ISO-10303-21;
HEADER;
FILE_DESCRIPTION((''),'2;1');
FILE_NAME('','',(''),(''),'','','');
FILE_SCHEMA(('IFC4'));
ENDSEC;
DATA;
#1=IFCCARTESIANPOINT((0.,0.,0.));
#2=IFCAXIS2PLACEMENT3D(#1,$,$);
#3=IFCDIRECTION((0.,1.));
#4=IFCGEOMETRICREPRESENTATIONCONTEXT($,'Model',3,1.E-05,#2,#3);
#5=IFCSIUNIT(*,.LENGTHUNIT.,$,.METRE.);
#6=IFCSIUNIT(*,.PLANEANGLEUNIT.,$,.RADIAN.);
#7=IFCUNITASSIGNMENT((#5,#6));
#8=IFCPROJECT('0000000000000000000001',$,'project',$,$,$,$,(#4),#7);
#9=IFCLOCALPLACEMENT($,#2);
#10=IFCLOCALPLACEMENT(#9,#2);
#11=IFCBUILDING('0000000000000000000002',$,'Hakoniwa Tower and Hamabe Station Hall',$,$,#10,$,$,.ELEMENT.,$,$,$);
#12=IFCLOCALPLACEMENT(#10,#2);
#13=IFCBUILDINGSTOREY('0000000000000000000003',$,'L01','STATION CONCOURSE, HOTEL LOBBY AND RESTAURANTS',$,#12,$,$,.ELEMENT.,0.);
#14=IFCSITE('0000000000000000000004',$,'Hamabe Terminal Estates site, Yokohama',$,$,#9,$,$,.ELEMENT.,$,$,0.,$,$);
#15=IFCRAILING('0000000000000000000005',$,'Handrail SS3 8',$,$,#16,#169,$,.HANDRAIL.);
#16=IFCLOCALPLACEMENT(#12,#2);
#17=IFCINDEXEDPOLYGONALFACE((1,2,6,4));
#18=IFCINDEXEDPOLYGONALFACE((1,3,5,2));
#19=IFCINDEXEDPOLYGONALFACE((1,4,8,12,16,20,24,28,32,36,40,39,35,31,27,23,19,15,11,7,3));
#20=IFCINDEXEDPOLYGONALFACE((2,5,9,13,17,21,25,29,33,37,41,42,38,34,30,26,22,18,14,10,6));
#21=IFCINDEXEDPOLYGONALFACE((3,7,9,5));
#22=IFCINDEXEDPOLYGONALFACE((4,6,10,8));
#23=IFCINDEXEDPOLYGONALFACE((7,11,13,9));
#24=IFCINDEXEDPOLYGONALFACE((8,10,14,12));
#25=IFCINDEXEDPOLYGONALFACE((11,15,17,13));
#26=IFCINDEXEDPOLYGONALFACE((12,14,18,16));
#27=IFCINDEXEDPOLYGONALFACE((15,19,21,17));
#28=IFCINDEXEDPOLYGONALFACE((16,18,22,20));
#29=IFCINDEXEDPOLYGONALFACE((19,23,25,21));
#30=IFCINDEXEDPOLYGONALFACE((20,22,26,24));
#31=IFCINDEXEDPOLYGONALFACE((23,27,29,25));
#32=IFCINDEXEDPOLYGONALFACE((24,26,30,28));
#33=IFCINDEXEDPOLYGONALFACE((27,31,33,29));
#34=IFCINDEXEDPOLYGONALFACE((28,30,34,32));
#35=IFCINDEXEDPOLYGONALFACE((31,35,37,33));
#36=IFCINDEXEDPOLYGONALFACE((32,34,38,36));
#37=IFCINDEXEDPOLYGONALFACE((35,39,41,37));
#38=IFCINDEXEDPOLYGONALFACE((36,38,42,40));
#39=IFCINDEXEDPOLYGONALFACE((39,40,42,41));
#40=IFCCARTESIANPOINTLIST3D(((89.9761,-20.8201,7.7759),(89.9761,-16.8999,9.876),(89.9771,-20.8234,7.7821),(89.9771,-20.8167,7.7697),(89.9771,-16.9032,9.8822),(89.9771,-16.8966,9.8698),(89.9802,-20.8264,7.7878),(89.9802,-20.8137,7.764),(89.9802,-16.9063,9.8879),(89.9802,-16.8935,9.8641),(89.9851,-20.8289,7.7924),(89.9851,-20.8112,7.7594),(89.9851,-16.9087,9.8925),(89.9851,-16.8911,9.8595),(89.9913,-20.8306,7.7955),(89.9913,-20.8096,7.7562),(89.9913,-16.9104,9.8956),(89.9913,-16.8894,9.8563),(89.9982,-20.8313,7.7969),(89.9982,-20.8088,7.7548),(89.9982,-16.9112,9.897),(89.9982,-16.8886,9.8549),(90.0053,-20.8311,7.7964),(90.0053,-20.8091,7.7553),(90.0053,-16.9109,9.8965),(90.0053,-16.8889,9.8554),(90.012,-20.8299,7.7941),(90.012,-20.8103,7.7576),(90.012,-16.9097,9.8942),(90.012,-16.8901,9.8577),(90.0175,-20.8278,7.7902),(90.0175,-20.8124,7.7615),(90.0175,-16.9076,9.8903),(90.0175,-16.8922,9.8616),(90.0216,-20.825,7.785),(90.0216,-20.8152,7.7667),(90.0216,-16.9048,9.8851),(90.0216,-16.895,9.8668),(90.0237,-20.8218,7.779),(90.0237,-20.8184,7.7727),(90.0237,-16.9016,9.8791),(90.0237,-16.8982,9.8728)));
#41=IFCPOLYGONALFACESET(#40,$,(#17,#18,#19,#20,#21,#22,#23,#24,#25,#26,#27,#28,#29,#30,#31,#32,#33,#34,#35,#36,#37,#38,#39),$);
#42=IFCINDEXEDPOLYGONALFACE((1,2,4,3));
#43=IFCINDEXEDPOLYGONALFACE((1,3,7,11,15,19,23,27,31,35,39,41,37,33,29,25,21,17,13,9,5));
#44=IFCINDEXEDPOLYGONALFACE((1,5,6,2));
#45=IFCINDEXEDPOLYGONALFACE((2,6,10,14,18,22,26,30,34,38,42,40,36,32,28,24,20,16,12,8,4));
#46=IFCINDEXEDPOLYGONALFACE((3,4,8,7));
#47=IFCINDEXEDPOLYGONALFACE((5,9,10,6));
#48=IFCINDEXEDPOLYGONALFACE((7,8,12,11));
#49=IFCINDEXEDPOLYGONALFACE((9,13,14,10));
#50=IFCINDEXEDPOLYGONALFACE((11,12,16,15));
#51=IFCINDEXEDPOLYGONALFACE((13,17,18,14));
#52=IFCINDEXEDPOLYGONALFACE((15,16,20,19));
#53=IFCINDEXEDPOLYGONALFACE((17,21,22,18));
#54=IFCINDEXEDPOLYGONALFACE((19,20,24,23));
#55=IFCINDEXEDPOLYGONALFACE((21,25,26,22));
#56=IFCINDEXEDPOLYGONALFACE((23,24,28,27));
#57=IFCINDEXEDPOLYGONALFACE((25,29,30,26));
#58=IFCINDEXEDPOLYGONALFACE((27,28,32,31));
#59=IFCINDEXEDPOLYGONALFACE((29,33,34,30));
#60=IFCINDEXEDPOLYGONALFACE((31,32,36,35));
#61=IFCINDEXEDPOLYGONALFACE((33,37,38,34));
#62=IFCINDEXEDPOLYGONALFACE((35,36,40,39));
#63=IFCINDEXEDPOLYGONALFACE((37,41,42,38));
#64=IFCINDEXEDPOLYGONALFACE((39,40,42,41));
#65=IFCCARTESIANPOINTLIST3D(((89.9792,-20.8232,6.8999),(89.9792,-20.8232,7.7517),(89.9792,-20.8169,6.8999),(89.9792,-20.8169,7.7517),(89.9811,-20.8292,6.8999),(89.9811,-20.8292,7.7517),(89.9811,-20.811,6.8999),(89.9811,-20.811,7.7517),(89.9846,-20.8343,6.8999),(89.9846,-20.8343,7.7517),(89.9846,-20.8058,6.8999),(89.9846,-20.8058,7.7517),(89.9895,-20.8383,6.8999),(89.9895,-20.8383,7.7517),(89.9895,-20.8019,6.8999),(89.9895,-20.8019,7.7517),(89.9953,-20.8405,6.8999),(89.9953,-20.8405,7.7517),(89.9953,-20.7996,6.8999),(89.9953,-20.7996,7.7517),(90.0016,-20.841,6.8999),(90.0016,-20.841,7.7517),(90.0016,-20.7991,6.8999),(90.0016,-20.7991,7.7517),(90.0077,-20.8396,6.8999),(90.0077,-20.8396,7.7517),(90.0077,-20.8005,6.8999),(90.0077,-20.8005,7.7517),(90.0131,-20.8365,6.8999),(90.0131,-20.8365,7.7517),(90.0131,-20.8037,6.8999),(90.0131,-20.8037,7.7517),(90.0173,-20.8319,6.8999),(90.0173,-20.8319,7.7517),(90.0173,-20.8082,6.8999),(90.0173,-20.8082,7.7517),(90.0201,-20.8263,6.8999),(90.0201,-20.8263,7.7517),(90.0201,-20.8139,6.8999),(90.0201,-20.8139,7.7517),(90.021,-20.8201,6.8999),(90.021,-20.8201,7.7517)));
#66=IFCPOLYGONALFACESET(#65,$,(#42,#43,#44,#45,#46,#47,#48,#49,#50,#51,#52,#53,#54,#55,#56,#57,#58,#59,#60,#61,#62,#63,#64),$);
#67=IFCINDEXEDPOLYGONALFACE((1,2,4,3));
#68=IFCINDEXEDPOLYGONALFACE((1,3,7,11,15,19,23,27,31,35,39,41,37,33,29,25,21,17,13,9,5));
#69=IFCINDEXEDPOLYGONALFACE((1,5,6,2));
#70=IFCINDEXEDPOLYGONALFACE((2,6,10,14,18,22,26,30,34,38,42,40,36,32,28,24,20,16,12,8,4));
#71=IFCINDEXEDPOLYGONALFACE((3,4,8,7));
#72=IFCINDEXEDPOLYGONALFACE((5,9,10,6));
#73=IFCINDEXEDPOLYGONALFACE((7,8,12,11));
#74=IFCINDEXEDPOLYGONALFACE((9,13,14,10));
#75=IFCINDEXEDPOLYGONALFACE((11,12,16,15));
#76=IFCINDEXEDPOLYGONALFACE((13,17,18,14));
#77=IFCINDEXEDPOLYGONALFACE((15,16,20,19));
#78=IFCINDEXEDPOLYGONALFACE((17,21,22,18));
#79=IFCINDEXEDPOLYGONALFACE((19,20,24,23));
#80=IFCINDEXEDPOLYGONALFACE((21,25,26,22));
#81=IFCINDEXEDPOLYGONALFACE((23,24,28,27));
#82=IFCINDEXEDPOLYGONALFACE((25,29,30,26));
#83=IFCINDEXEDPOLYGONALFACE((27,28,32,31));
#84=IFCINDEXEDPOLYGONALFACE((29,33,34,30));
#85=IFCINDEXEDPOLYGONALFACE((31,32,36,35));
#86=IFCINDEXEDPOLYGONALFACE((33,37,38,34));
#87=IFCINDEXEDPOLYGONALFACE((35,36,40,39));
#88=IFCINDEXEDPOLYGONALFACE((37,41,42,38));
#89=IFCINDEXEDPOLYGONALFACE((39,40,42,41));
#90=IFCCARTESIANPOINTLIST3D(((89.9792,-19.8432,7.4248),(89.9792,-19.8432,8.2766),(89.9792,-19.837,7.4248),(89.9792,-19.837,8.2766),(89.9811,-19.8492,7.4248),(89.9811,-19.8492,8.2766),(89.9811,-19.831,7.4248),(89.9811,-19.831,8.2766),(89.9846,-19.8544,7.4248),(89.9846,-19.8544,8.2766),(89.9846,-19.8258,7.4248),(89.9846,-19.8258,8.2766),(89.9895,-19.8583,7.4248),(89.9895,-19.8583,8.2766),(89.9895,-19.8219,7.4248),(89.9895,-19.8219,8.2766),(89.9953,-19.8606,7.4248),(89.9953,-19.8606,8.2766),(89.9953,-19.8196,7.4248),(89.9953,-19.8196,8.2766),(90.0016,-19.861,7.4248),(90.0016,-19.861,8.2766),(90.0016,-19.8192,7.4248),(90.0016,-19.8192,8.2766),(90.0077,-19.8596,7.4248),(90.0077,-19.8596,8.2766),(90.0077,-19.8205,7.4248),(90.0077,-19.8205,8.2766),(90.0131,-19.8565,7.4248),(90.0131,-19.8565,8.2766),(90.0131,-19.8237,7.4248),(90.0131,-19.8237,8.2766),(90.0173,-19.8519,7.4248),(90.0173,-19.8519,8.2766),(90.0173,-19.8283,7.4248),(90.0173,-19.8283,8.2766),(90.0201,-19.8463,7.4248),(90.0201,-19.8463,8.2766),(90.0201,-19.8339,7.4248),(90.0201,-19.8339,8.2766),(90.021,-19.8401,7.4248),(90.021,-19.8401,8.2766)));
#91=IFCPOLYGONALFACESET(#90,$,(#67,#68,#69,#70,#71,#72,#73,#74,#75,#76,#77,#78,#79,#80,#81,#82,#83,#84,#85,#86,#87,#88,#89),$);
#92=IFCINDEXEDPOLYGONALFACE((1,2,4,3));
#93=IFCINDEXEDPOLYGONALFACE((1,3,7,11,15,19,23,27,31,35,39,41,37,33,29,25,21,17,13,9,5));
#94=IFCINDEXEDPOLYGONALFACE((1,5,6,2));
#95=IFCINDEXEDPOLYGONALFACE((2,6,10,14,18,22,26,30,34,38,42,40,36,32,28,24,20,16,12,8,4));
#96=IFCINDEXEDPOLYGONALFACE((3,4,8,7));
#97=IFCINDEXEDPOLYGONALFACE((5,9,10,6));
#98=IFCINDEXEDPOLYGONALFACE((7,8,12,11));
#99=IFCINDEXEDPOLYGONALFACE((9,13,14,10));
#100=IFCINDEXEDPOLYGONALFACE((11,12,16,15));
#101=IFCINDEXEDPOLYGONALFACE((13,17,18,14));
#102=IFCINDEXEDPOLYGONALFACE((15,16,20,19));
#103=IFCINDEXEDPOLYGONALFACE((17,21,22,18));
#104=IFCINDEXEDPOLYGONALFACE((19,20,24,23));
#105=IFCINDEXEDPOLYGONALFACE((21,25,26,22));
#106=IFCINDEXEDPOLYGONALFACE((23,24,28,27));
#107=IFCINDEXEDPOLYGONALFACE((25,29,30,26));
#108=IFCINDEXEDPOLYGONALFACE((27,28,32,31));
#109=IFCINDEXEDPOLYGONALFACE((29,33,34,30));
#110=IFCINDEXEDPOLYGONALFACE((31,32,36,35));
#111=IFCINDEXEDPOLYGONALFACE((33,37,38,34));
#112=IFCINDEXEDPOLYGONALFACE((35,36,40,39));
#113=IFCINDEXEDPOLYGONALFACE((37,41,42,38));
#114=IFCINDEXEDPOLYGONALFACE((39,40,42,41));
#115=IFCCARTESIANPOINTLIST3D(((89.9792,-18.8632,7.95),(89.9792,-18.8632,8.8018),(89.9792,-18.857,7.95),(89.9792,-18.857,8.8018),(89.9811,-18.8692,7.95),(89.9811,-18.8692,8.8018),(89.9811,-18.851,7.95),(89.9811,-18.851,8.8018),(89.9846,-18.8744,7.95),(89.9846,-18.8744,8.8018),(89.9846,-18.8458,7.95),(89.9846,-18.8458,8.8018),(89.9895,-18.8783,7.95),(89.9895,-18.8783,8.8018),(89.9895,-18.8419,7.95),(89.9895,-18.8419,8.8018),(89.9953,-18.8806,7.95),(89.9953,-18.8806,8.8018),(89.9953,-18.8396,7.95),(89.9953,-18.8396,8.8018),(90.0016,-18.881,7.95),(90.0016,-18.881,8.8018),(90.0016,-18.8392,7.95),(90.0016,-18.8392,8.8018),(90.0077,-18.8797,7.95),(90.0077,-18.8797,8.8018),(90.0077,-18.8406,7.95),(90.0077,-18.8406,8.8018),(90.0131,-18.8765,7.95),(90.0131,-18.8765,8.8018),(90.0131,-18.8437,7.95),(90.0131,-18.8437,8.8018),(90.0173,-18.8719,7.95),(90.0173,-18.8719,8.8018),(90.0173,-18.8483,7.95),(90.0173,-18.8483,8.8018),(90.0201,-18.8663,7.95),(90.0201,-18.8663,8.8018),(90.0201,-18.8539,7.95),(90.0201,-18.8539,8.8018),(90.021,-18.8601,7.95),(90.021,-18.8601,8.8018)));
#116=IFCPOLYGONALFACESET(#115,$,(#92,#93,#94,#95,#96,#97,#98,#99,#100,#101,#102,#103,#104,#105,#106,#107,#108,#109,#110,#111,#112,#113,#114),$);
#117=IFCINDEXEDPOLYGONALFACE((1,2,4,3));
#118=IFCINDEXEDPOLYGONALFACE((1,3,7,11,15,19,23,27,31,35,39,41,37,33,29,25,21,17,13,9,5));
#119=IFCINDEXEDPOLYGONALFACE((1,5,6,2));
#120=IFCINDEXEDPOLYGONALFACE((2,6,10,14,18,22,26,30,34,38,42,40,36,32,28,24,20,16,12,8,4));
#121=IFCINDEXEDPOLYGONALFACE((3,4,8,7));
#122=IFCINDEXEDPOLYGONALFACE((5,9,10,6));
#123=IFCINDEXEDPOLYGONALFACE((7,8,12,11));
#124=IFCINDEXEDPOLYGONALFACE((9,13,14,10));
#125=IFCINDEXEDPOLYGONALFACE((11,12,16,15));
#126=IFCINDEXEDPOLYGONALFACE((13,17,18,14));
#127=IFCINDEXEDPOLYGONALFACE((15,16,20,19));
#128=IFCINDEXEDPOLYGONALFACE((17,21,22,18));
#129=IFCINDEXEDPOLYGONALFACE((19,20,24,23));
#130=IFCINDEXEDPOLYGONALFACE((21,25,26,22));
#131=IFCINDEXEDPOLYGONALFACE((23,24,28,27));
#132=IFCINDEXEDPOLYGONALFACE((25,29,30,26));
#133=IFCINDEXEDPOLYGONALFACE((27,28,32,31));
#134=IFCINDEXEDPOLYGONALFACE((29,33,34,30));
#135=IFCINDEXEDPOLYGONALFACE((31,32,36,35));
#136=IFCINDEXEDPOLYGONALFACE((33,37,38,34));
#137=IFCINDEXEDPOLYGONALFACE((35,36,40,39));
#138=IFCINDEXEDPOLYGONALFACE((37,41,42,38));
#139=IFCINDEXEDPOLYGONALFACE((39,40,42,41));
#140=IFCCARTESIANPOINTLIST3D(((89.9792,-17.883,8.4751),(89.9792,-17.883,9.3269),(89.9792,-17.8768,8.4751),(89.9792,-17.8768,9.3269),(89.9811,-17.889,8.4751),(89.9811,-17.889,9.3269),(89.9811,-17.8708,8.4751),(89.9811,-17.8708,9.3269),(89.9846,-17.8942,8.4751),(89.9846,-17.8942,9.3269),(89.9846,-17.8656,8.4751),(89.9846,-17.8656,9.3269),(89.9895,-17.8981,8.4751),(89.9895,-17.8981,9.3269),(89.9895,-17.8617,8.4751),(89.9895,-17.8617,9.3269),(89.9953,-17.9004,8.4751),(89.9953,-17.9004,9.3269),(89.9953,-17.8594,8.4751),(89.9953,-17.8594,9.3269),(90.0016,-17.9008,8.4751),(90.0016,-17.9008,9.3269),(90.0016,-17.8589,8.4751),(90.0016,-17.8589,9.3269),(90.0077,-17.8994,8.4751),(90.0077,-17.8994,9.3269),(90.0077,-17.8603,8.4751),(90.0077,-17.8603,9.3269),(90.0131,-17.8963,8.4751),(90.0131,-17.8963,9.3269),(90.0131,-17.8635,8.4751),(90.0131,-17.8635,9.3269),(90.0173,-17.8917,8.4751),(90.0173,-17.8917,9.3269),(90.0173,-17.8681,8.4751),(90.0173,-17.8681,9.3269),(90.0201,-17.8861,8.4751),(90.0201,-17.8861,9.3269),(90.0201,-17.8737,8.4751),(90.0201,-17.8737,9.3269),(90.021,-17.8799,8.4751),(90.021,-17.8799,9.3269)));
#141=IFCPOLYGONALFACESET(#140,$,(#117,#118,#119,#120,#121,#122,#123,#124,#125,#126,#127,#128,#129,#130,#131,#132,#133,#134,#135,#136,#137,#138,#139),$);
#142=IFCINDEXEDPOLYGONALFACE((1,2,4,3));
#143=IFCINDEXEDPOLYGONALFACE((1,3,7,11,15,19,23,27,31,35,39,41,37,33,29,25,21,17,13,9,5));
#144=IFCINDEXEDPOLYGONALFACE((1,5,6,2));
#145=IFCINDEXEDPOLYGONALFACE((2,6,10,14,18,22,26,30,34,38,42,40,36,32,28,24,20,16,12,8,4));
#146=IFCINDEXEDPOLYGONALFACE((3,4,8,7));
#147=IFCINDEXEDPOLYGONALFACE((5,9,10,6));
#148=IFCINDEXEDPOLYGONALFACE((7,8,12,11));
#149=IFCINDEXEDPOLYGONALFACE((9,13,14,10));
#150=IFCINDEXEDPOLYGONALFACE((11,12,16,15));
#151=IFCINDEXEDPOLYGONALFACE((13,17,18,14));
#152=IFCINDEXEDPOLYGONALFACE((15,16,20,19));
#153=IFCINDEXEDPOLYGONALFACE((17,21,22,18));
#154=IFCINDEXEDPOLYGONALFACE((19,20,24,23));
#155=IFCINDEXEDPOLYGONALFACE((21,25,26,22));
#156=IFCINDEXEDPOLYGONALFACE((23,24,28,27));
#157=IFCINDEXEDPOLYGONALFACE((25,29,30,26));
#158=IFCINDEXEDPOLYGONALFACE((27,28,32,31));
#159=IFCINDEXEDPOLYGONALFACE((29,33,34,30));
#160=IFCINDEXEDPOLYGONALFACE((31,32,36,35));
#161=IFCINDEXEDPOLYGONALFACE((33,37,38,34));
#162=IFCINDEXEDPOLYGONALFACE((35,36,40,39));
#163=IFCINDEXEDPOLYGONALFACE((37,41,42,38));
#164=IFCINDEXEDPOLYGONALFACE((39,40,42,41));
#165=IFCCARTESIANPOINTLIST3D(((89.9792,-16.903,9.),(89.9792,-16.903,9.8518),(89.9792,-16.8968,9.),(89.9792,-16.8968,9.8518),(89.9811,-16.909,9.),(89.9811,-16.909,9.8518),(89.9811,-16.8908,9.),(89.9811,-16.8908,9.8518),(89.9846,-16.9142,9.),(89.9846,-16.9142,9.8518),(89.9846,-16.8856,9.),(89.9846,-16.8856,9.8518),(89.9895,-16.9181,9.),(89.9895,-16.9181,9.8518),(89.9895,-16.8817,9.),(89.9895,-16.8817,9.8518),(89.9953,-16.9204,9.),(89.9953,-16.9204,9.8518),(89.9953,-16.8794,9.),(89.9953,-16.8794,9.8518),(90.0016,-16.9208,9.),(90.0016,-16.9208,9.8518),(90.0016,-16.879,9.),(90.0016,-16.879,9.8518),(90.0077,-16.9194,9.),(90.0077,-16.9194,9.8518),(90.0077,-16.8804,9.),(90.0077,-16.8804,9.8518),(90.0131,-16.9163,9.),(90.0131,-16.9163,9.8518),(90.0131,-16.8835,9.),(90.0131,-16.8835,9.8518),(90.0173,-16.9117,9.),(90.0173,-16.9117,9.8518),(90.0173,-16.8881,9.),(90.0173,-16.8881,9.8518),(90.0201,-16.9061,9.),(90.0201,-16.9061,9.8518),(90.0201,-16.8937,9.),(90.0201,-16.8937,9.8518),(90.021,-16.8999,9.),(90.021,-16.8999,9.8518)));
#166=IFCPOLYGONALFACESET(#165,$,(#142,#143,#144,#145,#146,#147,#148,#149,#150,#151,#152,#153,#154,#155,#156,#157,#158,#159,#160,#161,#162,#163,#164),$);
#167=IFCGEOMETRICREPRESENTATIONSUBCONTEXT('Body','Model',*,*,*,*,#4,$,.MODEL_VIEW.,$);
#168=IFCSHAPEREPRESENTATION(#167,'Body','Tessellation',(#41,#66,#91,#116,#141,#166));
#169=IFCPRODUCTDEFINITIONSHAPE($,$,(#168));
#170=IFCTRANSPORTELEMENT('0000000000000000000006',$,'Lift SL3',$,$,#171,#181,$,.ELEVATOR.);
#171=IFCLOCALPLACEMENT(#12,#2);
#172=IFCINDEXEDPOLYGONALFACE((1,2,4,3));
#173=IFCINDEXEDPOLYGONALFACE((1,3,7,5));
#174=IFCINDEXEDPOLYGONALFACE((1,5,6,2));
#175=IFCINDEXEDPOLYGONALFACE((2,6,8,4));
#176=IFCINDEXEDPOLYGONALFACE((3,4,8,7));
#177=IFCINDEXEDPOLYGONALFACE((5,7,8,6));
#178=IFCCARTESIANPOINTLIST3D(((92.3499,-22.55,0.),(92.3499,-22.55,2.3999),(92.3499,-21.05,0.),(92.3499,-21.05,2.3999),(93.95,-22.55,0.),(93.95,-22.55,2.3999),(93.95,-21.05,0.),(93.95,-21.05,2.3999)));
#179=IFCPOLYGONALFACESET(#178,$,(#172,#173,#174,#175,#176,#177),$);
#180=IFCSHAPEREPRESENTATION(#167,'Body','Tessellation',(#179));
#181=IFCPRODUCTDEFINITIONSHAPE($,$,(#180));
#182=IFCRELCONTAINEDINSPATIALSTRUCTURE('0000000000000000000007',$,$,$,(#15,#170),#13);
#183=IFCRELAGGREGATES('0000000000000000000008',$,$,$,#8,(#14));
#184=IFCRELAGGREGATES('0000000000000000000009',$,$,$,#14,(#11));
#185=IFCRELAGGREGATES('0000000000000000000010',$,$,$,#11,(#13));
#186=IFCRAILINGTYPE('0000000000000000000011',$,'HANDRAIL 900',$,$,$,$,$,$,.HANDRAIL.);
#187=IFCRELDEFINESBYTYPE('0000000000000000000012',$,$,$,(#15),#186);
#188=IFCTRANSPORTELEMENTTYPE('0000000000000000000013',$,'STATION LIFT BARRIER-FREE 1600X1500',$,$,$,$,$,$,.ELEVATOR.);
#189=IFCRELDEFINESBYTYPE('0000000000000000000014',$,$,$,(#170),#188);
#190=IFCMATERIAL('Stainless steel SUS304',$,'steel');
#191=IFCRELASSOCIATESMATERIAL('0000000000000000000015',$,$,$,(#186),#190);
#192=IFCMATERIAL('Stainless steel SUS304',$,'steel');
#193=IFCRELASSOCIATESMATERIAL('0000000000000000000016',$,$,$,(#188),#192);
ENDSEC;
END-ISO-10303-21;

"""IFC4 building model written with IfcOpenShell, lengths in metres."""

from ifc_helpers import new_model, si_unit, direction, frame, origin, origin_2d, place, context, subcontext, project, spatial, rectangle, circle, extrude, material, type_object, element, save


model = new_model("IFC4")

# Units and contexts
model_context = context("Model", 3, precision=1e-05, world=origin(), true_north=direction((0.0, 1.0)))
body_context = subcontext(model_context, "Body", "Model", "MODEL_VIEW")
ifc_project = project(units=[si_unit("LENGTHUNIT", "METRE"), si_unit("PLANEANGLEUNIT", "RADIAN")], contexts=[model_context])

# Site, building, storey
site_placement = place(None, origin())
site = spatial("IfcSite", under=ifc_project, at=site_placement, Name="Hamabe Terminal Estates site, Yokohama", CompositionType="ELEMENT", RefElevation=0.0)
building_placement = place(site_placement, origin())
building = spatial("IfcBuilding", under=site, at=building_placement, Name="Hakoniwa Tower and Hamabe Station Hall", CompositionType="ELEMENT")
storey_placement = place(building_placement, origin())
storey = spatial("IfcBuildingStorey", under=building, at=storey_placement, Name="L01", Description="STATION CONCOURSE, HOTEL LOBBY AND RESTAURANTS", CompositionType="ELEMENT", Elevation=0.0)

# Railing
ifc_material_1 = material(Name="Stainless steel SUS304", Category="steel")
railing_type = type_object("IfcRailingType", Name="HANDRAIL 900", PredefinedType="HANDRAIL", material=ifc_material_1)
for number, where, name in (
    (1, (90.0, -20.8201, 6.8999), "Handrail SS3 8"),
):
    element("IfcRailing", number, at=place(storey_placement, frame(where)), inside=storey, type_object=railing_type, Name=name, PredefinedType="HANDRAIL", context=body_context, shape_type="SweptSolid", body=[
        extrude(circle(Radius=0.0239, at=origin_2d()), frame((0.0, 0.0, 0.876), z_axis=(0.0, 0.881479, 0.472223), x_axis=(-1.0, 0.0, 0.0)), (0.0, 0.0, 1.0), 4.4473),
        extrude(circle(Radius=0.021, at=origin_2d()), origin(), (0.0, 0.0, 1.0), 0.8518),
        extrude(circle(Radius=0.021, at=origin_2d()), frame((0.0, 0.98, 0.5249)), (0.0, 0.0, 1.0), 0.8518),
        extrude(circle(Radius=0.021, at=origin_2d()), frame((0.0, 1.96, 1.05)), (0.0, 0.0, 1.0), 0.8518),
        extrude(circle(Radius=0.021, at=origin_2d()), frame((0.0, 2.9402, 1.5752)), (0.0, 0.0, 1.0), 0.8518),
        extrude(circle(Radius=0.021, at=origin_2d()), frame((0.0, 3.9202, 2.1001)), (0.0, 0.0, 1.0), 0.8518),
    ])

# Transport element
ifc_material_2 = material(Name="Stainless steel SUS304", Category="steel")
transport_element_type = type_object("IfcTransportElementType", Name="STATION LIFT BARRIER-FREE 1600X1500", PredefinedType="ELEVATOR", material=ifc_material_2)
transport_element_placement = place(storey_placement, frame((93.1499, -21.8, 0.0)))
element("IfcTransportElement", 2, at=transport_element_placement, inside=storey, type_object=transport_element_type, Name="Lift SL3", PredefinedType="ELEVATOR", context=body_context, shape_type="SweptSolid", body=[
    extrude(rectangle(XDim=1.6001, YDim=1.5, at=origin_2d()), origin(), (0.0, 0.0, 1.0), 2.3999),
])

save(model, "model.ifc")
